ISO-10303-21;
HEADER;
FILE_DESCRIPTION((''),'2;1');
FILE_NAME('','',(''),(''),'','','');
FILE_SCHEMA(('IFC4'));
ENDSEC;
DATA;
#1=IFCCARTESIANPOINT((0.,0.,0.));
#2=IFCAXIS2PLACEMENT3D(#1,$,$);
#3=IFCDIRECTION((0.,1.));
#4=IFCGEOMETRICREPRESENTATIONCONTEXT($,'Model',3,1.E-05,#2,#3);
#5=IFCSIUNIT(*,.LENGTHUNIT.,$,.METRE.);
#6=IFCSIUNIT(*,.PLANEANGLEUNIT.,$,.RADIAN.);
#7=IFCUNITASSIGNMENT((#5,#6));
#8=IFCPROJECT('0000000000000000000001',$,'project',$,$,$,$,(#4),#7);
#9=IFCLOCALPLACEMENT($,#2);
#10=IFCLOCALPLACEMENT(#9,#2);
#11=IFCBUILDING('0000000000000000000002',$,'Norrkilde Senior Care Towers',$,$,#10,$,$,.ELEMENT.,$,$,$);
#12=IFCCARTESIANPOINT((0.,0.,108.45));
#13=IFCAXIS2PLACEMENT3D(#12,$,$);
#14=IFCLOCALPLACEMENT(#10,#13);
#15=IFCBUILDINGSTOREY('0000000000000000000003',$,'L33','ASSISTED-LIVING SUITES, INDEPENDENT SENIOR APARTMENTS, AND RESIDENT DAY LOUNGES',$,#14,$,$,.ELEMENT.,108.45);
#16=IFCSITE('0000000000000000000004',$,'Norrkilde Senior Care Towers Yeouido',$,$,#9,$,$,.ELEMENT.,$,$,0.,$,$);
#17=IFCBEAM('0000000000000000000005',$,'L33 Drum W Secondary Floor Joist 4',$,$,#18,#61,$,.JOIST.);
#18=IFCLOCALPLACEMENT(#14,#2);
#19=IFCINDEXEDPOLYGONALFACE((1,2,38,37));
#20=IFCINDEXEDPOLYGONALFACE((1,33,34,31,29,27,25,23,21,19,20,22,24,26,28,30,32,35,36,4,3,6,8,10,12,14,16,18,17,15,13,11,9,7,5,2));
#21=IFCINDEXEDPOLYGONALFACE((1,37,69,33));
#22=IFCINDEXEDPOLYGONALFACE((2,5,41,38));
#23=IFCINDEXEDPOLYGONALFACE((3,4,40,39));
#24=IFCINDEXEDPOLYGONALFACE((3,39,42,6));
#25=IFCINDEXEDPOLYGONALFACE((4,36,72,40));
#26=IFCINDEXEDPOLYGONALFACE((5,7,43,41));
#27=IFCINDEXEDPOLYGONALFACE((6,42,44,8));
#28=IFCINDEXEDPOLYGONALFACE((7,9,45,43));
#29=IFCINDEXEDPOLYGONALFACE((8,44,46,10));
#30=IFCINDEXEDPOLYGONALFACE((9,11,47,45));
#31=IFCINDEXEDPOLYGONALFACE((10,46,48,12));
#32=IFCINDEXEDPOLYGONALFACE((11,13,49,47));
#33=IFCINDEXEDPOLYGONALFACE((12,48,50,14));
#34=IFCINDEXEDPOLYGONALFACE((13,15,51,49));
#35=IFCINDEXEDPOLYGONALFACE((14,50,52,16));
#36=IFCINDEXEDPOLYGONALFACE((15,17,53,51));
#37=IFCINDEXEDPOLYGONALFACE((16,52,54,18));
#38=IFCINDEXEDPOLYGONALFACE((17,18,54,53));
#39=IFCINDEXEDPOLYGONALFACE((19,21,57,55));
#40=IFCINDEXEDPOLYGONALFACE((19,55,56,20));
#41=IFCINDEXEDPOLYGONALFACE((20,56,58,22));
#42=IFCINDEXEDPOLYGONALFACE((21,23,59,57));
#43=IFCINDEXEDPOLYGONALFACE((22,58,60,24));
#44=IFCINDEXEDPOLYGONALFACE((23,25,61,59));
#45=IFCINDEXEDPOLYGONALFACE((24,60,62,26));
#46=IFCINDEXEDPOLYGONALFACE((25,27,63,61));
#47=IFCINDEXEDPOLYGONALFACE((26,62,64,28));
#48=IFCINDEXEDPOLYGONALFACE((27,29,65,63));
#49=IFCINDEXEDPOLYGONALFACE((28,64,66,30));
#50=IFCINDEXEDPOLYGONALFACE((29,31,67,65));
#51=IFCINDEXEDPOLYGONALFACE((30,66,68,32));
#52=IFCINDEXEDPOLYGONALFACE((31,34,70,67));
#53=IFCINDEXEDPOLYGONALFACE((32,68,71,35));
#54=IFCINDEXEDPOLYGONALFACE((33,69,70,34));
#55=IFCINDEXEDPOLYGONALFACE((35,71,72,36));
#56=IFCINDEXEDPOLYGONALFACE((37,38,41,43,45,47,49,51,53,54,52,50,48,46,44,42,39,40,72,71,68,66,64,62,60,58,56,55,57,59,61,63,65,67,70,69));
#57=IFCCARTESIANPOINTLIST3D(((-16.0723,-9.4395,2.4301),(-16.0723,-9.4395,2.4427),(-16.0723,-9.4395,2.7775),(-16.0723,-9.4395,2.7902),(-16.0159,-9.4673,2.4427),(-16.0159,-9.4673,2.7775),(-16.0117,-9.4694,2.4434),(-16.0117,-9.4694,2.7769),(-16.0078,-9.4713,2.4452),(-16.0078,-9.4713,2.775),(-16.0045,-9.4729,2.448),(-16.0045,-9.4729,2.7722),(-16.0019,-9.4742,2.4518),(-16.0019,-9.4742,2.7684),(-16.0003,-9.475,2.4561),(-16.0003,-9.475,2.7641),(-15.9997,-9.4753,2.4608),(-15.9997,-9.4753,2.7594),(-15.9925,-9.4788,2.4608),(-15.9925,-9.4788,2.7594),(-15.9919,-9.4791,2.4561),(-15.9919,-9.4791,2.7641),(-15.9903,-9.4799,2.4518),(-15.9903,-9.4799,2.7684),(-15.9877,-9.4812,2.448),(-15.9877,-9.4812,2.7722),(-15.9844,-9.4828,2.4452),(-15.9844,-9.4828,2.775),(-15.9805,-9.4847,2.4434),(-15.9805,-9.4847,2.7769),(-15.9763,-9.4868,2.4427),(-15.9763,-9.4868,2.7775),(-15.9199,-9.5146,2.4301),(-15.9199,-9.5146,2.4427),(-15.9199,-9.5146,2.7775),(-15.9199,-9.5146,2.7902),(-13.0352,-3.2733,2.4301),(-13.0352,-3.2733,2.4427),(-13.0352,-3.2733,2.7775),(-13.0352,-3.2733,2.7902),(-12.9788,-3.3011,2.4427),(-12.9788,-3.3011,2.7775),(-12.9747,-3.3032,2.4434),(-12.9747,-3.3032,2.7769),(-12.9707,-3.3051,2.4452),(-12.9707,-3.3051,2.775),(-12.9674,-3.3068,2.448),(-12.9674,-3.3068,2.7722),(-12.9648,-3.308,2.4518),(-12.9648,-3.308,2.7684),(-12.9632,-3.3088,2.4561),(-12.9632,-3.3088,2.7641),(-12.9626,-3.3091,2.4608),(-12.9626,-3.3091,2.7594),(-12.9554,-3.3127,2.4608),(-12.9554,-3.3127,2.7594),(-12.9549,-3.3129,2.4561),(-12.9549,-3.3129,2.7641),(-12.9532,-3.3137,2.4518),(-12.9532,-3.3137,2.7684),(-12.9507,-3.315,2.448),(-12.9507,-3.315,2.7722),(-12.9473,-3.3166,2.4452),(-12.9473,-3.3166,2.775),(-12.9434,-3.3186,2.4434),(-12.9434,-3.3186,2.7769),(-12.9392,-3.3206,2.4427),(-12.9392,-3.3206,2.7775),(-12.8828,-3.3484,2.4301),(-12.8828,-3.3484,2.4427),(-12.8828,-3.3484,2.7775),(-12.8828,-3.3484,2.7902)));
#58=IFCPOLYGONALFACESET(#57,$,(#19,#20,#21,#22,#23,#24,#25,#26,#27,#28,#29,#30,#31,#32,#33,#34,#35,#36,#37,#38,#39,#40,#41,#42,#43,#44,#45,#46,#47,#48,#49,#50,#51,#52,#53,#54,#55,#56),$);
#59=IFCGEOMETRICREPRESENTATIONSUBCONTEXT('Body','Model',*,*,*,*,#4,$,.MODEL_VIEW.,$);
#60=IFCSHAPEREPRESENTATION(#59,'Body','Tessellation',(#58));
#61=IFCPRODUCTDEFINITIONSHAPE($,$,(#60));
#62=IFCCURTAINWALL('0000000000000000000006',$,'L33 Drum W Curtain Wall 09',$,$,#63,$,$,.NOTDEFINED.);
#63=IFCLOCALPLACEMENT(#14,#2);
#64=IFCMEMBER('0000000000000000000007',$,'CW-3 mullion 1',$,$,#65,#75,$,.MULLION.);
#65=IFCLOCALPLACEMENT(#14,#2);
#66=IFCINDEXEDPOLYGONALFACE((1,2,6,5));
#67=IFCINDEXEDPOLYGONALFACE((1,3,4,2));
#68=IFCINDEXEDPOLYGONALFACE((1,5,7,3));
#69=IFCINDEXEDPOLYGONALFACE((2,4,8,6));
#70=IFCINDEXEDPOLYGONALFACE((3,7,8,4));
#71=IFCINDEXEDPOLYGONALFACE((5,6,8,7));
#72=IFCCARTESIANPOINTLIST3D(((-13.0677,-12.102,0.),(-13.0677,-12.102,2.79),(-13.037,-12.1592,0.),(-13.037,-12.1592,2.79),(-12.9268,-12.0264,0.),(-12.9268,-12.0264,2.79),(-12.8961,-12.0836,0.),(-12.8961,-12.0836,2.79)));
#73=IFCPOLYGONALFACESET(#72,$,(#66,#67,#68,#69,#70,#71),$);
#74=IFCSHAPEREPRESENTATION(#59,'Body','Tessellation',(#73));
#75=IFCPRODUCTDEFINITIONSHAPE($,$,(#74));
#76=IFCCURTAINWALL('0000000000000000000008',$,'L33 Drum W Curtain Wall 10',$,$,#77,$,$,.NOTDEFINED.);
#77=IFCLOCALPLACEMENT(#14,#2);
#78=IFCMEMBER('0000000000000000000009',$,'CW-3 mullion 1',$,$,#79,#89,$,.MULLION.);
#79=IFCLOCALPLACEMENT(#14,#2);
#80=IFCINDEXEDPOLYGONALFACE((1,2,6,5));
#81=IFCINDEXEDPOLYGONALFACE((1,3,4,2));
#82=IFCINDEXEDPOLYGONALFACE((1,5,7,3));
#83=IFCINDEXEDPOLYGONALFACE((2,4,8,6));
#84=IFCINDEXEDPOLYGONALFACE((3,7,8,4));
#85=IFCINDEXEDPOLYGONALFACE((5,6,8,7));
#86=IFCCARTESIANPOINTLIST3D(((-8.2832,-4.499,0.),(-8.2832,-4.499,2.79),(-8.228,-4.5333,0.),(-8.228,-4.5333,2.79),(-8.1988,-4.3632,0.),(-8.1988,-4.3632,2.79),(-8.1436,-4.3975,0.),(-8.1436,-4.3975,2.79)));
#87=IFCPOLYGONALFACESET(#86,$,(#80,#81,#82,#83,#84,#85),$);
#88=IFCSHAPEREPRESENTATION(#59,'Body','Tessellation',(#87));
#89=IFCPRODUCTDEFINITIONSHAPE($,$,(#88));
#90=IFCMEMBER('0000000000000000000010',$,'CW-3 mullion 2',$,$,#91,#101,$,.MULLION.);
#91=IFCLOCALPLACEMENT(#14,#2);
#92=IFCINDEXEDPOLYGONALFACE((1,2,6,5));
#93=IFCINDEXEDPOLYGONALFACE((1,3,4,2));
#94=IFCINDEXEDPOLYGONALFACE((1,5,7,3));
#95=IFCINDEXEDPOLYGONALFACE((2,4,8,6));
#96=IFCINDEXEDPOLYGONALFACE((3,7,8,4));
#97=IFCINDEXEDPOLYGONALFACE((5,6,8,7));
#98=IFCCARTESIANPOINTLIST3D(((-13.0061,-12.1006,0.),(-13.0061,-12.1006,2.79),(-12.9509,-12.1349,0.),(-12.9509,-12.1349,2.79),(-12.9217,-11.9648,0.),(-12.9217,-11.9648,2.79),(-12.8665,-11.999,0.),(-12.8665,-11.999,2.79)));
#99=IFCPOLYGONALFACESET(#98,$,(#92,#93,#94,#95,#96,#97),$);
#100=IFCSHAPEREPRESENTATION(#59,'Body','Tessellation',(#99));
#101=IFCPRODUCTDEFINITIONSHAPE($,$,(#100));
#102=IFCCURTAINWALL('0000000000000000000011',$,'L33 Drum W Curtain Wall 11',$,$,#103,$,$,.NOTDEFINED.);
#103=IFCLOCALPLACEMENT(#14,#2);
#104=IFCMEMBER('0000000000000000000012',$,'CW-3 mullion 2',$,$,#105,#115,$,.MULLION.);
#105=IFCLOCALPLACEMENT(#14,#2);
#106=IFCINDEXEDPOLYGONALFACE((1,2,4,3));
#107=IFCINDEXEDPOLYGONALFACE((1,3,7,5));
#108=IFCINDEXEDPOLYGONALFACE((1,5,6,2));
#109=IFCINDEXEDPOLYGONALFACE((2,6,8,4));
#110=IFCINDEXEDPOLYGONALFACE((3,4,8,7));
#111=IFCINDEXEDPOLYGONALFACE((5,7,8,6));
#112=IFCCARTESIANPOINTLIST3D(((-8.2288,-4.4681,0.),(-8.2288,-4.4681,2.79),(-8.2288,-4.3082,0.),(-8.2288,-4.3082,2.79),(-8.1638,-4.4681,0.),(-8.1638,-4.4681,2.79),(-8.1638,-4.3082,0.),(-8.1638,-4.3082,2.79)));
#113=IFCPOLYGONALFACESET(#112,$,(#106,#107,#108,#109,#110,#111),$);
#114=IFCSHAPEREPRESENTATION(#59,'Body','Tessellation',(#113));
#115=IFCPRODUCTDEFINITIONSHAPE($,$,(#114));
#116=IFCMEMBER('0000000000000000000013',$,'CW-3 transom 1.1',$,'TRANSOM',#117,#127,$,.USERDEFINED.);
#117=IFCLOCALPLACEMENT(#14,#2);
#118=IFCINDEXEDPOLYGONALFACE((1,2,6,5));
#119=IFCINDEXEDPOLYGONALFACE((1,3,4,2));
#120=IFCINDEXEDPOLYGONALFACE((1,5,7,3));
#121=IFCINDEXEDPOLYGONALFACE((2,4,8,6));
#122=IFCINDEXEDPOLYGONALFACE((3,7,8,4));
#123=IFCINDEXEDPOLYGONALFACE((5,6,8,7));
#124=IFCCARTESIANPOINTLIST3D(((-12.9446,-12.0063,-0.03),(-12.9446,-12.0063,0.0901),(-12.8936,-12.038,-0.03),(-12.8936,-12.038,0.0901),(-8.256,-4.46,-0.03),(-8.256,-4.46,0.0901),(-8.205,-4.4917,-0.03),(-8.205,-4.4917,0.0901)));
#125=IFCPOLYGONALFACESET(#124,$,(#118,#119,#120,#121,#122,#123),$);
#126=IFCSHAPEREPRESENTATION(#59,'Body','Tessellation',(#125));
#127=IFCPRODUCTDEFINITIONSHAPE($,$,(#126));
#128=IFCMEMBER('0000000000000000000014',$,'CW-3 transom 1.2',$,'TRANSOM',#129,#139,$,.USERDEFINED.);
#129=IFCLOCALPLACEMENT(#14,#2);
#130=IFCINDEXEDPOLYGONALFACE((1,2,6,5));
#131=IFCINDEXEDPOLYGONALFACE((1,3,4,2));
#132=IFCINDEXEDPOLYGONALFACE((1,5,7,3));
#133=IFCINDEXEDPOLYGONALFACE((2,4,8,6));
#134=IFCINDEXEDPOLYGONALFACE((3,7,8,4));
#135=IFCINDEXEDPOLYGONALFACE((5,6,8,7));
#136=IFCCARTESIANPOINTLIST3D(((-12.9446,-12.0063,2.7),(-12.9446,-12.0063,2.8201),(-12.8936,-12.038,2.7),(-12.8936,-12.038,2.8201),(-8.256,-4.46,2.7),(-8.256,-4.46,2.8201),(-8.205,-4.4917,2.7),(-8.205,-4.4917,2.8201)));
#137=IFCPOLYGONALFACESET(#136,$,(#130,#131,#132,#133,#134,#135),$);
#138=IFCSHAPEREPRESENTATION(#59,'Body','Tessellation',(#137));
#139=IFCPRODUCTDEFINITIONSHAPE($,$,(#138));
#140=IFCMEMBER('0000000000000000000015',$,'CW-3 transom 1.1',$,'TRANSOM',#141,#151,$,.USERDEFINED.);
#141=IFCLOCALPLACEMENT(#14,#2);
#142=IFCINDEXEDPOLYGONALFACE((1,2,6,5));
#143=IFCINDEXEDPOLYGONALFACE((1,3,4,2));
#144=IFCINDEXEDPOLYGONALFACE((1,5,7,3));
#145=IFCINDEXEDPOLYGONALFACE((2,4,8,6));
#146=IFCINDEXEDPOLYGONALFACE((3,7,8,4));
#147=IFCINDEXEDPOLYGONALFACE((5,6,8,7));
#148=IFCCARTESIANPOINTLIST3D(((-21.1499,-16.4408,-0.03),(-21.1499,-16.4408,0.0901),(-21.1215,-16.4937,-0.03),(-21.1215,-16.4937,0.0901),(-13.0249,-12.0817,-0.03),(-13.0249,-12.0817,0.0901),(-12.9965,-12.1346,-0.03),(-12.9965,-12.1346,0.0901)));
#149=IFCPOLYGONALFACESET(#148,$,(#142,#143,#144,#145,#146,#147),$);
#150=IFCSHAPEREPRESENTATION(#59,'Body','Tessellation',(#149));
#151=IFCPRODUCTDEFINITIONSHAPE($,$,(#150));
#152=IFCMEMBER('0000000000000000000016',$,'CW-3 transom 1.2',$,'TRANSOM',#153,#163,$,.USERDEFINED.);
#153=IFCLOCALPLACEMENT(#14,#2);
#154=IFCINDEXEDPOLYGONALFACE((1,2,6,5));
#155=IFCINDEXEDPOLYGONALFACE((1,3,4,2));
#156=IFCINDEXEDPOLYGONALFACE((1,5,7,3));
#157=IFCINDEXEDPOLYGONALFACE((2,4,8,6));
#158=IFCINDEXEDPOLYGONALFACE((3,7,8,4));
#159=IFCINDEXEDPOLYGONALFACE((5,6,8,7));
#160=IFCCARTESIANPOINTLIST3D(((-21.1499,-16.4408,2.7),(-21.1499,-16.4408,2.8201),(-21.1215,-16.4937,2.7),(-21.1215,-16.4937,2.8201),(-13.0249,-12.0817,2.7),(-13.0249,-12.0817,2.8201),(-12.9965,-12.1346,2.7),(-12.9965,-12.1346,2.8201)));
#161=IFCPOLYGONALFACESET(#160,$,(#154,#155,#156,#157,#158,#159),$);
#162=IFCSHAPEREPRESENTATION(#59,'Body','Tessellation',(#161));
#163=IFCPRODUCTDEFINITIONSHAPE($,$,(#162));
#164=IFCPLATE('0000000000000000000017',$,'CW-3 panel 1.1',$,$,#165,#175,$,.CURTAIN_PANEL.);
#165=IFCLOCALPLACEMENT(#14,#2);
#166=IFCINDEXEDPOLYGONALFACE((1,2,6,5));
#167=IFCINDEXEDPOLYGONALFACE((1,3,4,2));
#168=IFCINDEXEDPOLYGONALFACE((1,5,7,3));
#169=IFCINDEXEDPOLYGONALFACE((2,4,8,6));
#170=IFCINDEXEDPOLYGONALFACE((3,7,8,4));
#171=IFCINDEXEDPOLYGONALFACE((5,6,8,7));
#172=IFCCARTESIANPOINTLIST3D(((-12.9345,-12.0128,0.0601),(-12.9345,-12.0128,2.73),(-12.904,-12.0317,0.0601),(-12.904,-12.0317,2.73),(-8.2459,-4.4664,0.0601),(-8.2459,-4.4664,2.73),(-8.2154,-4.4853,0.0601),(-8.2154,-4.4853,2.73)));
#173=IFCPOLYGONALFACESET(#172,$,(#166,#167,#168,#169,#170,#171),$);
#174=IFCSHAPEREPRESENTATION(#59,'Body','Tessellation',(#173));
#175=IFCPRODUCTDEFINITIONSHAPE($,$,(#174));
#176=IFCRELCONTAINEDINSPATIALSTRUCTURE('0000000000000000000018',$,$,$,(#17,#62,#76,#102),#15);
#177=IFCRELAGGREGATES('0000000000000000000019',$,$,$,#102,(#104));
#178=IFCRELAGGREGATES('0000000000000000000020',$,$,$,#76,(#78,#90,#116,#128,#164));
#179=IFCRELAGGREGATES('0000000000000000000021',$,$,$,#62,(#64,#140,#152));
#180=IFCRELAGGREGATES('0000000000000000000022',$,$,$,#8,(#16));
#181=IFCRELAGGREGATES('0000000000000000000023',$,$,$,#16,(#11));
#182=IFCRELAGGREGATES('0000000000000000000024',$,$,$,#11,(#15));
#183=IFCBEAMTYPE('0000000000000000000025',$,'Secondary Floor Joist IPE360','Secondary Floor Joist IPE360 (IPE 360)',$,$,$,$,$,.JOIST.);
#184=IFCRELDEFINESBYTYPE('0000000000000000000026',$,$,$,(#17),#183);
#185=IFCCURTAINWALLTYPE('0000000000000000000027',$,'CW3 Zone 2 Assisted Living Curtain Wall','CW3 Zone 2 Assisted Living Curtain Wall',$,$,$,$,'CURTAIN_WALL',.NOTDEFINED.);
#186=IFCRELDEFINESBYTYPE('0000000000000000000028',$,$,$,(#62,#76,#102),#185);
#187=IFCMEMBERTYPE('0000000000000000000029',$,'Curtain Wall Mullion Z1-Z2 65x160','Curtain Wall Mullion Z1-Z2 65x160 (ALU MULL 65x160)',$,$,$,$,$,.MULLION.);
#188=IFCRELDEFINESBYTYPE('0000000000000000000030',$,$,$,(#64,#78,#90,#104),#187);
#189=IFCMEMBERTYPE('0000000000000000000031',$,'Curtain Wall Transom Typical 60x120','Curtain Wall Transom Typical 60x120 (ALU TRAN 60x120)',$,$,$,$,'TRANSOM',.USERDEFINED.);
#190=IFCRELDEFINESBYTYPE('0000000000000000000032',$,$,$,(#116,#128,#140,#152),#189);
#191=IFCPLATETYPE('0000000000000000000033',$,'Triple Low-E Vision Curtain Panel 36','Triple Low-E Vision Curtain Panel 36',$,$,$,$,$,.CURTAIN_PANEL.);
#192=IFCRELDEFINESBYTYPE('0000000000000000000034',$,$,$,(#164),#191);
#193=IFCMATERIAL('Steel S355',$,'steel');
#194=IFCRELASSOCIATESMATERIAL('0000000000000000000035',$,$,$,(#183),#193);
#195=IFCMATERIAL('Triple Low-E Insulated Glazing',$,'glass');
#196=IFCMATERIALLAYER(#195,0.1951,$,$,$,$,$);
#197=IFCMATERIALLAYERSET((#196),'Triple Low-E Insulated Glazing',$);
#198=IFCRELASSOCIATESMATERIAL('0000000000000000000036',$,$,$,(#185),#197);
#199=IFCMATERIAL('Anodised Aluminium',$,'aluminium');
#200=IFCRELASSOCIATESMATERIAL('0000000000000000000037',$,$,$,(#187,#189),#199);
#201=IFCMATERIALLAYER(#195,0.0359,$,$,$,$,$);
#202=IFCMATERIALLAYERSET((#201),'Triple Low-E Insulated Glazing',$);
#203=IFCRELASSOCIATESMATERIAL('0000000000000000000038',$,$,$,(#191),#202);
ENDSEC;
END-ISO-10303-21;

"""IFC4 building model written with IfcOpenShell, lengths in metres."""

from ifc_helpers import new_model, si_unit, direction, frame, origin, origin_2d, place, context, subcontext, project, spatial, rectangle, i_section, extrude, source, transform, mapped, material, layer, layer_set, material_profile, profile_set, type_object, type_shapes, element, aggregate, save


model = new_model("IFC4")

# Units and contexts
model_context = context("Model", 3, precision=1e-05, world=origin(), true_north=direction((0.0, 1.0)))
body_context = subcontext(model_context, "Body", "Model", "MODEL_VIEW")
ifc_project = project(units=[si_unit("LENGTHUNIT", "METRE"), si_unit("PLANEANGLEUNIT", "RADIAN")], contexts=[model_context])

# Site, building, storey
site_placement = place(None, origin())
site = spatial("IfcSite", under=ifc_project, at=site_placement, Name="Norrkilde Senior Care Towers Yeouido", CompositionType="ELEMENT", RefElevation=0.0)
building_placement = place(site_placement, origin())
building = spatial("IfcBuilding", under=site, at=building_placement, Name="Norrkilde Senior Care Towers", CompositionType="ELEMENT")
storey_placement = place(building_placement, frame((0.0, 0.0, 108.45)))
storey = spatial("IfcBuildingStorey", under=building, at=storey_placement, Name="L33", Description="ASSISTED-LIVING SUITES, INDEPENDENT SENIOR APARTMENTS, AND RESIDENT DAY LOUNGES", CompositionType="ELEMENT", Elevation=108.45)

# Beam
ifc_material_1 = material(Name="Steel S355", Category="steel")
ifc_material_profile_1 = material_profile(ifc_material_1, i_section(OverallWidth=0.1699, OverallDepth=0.3601, WebThickness=0.0081, FlangeThickness=0.0127, FilletRadius=0.0181, at=origin_2d()), Name="IPE 360")
ifc_profile_set_1 = profile_set([ifc_material_profile_1], Name="Steel S355")
beam_type_1 = type_object("IfcBeamType", Name="Secondary Floor Joist IPE360", Description="Secondary Floor Joist IPE360 (IPE 360)", PredefinedType="JOIST", material=ifc_profile_set_1)
shared_shape_1 = source(origin(), body_context, "Body", "SweptSolid", [
    extrude(i_section(OverallWidth=0.1699, OverallDepth=0.3601, WebThickness=0.0081, FlangeThickness=0.0127, FilletRadius=0.0181, at=origin_2d()), origin(), (0.0, 0.0, 1.0), 6.8735),
])
type_shapes(beam_type_1, [shared_shape_1])
beam_1_placement = place(storey_placement, frame((-15.9961, -9.4771, 2.6101), z_axis=(0.441849, 0.897089, 0.0), x_axis=(-0.897089, 0.441849, 0.0)))
element("IfcBeam", 1, at=beam_1_placement, inside=storey, type_object=beam_type_1, Name="L33 Drum W Secondary Floor Joist 4", PredefinedType="JOIST", context=body_context, shape_type="MappedRepresentation", body=[
    mapped(shared_shape_1, transform((0.0, 0.0, 0.0), x_axis=(1.0, 0.0, 0.0), y_axis=(0.0, 1.0, 0.0), z_axis=(0.0, 0.0, 1.0), scale=1.0)),
])

# Curtain wall, member
ifc_material_2 = material(Name="Triple Low-E Insulated Glazing", Category="glass")
ifc_layer_1 = layer(ifc_material_2, 0.1951)
ifc_layer_set_1 = layer_set([ifc_layer_1], Name="Triple Low-E Insulated Glazing")
curtain_wall_type = type_object("IfcCurtainWallType", Name="CW3 Zone 2 Assisted Living Curtain Wall", Description="CW3 Zone 2 Assisted Living Curtain Wall", ElementType="CURTAIN_WALL", PredefinedType="NOTDEFINED", material=ifc_layer_set_1)
curtain_wall_1_placement = place(storey_placement, origin())
curtain_wall_1 = element("IfcCurtainWall", 2, at=curtain_wall_1_placement, inside=storey, type_object=curtain_wall_type, Name="L33 Drum W Curtain Wall 09", PredefinedType="NOTDEFINED")
ifc_material_3 = material(Name="Anodised Aluminium", Category="aluminium")
ifc_material_profile_2 = material_profile(ifc_material_3, rectangle(XDim=0.0649, YDim=0.1599, at=origin_2d()), Name="ALU MULL 65x160")
ifc_profile_set_2 = profile_set([ifc_material_profile_2], Name="Anodised Aluminium")
member_type_1 = type_object("IfcMemberType", Name="Curtain Wall Mullion Z1-Z2 65x160", Description="Curtain Wall Mullion Z1-Z2 65x160 (ALU MULL 65x160)", PredefinedType="MULLION", material=ifc_profile_set_2)
shared_shape_2 = source(origin(), body_context, "Body", "SweptSolid", [
    extrude(rectangle(XDim=0.0649, YDim=0.1599, at=origin_2d()), origin(), (0.0, 0.0, 1.0), 2.79),
])
type_shapes(member_type_1, [shared_shape_2])
member_1_placement = place(storey_placement, frame((-12.9819, -12.0928, 0.0), z_axis=(0.0, 0.0, 1.0), x_axis=(0.472769, -0.881186, 0.0)))
member_1 = element("IfcMember", 3, at=member_1_placement, type_object=member_type_1, Name="CW-3 mullion 1", PredefinedType="MULLION", context=body_context, shape_type="MappedRepresentation", body=[
    mapped(shared_shape_2, transform((0.0, 0.0, 0.0), x_axis=(1.0, 0.0, 0.0), y_axis=(0.0, 1.0, 0.0), z_axis=(0.0, 0.0, 1.0), scale=1.0)),
])

# Curtain wall, members
curtain_wall_2_placement = place(storey_placement, origin())
curtain_wall_2 = element("IfcCurtainWall", 4, at=curtain_wall_2_placement, inside=storey, type_object=curtain_wall_type, Name="L33 Drum W Curtain Wall 10", PredefinedType="NOTDEFINED")
member_2_placement = place(storey_placement, frame((-8.2134, -4.4482, 0.0), z_axis=(0.0, 0.0, 1.0), x_axis=(0.84941, -0.527733, 0.0)))
member_2 = element("IfcMember", 5, at=member_2_placement, type_object=member_type_1, Name="CW-3 mullion 1", PredefinedType="MULLION", context=body_context, shape_type="MappedRepresentation", body=[
    mapped(shared_shape_2, transform((0.0, 0.0, 0.0), x_axis=(1.0, 0.0, 0.0), y_axis=(0.0, 1.0, 0.0), z_axis=(0.0, 0.0, 1.0), scale=1.0)),
])
member_3_placement = place(storey_placement, frame((-12.9363, -12.0498, 0.0), z_axis=(0.0, 0.0, 1.0), x_axis=(0.84941, -0.527733, 0.0)))
member_3 = element("IfcMember", 6, at=member_3_placement, type_object=member_type_1, Name="CW-3 mullion 2", PredefinedType="MULLION", context=body_context, shape_type="MappedRepresentation", body=[
    mapped(shared_shape_2, transform((0.0, 0.0, 0.0), x_axis=(1.0, 0.0, 0.0), y_axis=(0.0, 1.0, 0.0), z_axis=(0.0, 0.0, 1.0), scale=1.0)),
])

# Curtain wall, member
curtain_wall_3_placement = place(storey_placement, origin())
curtain_wall_3 = element("IfcCurtainWall", 7, at=curtain_wall_3_placement, inside=storey, type_object=curtain_wall_type, Name="L33 Drum W Curtain Wall 11", PredefinedType="NOTDEFINED")
member_4_placement = place(storey_placement, frame((-8.1963, -4.3882, 0.0), z_axis=(0.0, 0.0, 1.0), x_axis=(1.0, 0.0, 0.0)))
member_4 = element("IfcMember", 8, at=member_4_placement, type_object=member_type_1, Name="CW-3 mullion 2", PredefinedType="MULLION", context=body_context, shape_type="MappedRepresentation", body=[
    mapped(shared_shape_2, transform((0.0, 0.0, 0.0), x_axis=(1.0, 0.0, 0.0), y_axis=(0.0, 1.0, 0.0), z_axis=(0.0, 0.0, 1.0), scale=1.0)),
])
aggregate(curtain_wall_3, [member_4])

# Members
ifc_material_profile_3 = material_profile(ifc_material_3, rectangle(XDim=0.0601, YDim=0.1201, at=origin_2d()), Name="ALU TRAN 60x120")
ifc_profile_set_3 = profile_set([ifc_material_profile_3], Name="Anodised Aluminium")
member_type_2 = type_object("IfcMemberType", Name="Curtain Wall Transom Typical 60x120", Description="Curtain Wall Transom Typical 60x120 (ALU TRAN 60x120)", ElementType="TRANSOM", PredefinedType="USERDEFINED", material=ifc_profile_set_3)
shared_shape_3 = source(origin(), body_context, "Body", "SweptSolid", [
    extrude(rectangle(XDim=0.0601, YDim=0.1201, at=origin_2d()), origin(), (0.0, 0.0, 1.0), 8.8843),
])
member_5_placement = place(storey_placement, frame((-8.2305, -4.4758, 0.03), z_axis=(-0.527749, -0.8494, 0.0), x_axis=(0.8494, -0.527749, 0.0)))
member_5 = element("IfcMember", 9, at=member_5_placement, type_object=member_type_2, Name="CW-3 transom 1.1", ObjectType="TRANSOM", PredefinedType="USERDEFINED", context=body_context, shape_type="MappedRepresentation", body=[
    mapped(shared_shape_3, transform((0.0, 0.0, 0.0), x_axis=(1.0, 0.0, 0.0), y_axis=(0.0, 1.0, 0.0), z_axis=(0.0, 0.0, 1.0), scale=1.0)),
])
member_6_placement = place(storey_placement, frame((-8.2305, -4.4758, 2.76), z_axis=(-0.527749, -0.8494, 0.0), x_axis=(0.8494, -0.527749, 0.0)))
member_6 = element("IfcMember", 10, at=member_6_placement, type_object=member_type_2, Name="CW-3 transom 1.2", ObjectType="TRANSOM", PredefinedType="USERDEFINED", context=body_context, shape_type="MappedRepresentation", body=[
    mapped(shared_shape_3, transform((0.0, 0.0, 0.0), x_axis=(1.0, 0.0, 0.0), y_axis=(0.0, 1.0, 0.0), z_axis=(0.0, 0.0, 1.0), scale=1.0)),
])
shared_shape_4 = source(origin(), body_context, "Body", "SweptSolid", [
    extrude(rectangle(XDim=0.0601, YDim=0.1201, at=origin_2d()), origin(), (0.0, 0.0, 1.0), 9.2205),
])
type_shapes(member_type_2, [shared_shape_3, shared_shape_4])
member_7_placement = place(storey_placement, frame((-13.0107, -12.1082, 0.03), z_axis=(-0.881189, -0.472765, 0.0), x_axis=(0.472765, -0.881189, 0.0)))
member_7 = element("IfcMember", 11, at=member_7_placement, type_object=member_type_2, Name="CW-3 transom 1.1", ObjectType="TRANSOM", PredefinedType="USERDEFINED", context=body_context, shape_type="MappedRepresentation", body=[
    mapped(shared_shape_4, transform((0.0, 0.0, 0.0), x_axis=(1.0, 0.0, 0.0), y_axis=(0.0, 1.0, 0.0), z_axis=(0.0, 0.0, 1.0), scale=1.0)),
])
member_8_placement = place(storey_placement, frame((-13.0107, -12.1082, 2.76), z_axis=(-0.881189, -0.472765, 0.0), x_axis=(0.472765, -0.881189, 0.0)))
member_8 = element("IfcMember", 12, at=member_8_placement, type_object=member_type_2, Name="CW-3 transom 1.2", ObjectType="TRANSOM", PredefinedType="USERDEFINED", context=body_context, shape_type="MappedRepresentation", body=[
    mapped(shared_shape_4, transform((0.0, 0.0, 0.0), x_axis=(1.0, 0.0, 0.0), y_axis=(0.0, 1.0, 0.0), z_axis=(0.0, 0.0, 1.0), scale=1.0)),
])

# Plate
ifc_layer_2 = layer(ifc_material_2, 0.0359)
ifc_layer_set_2 = layer_set([ifc_layer_2], Name="Triple Low-E Insulated Glazing")
plate_type = type_object("IfcPlateType", Name="Triple Low-E Vision Curtain Panel 36", Description="Triple Low-E Vision Curtain Panel 36", PredefinedType="CURTAIN_PANEL", material=ifc_layer_set_2)
shared_shape_5 = source(origin(), body_context, "Body", "SweptSolid", [
    extrude(rectangle(XDim=8.8843, YDim=0.0359, at=origin_2d()), origin(), (0.0, 0.0, 1.0), 2.6699),
])
plate_1_placement = place(storey_placement, frame((-10.575, -8.249, 0.0601), z_axis=(0.0, 0.0, 1.0), x_axis=(-0.527733, -0.84941, 0.0)))
plate_1 = element("IfcPlate", 13, at=plate_1_placement, type_object=plate_type, Name="CW-3 panel 1.1", PredefinedType="CURTAIN_PANEL", context=body_context, shape_type="MappedRepresentation", body=[
    mapped(shared_shape_5, transform((0.0, 0.0, 0.0), x_axis=(1.0, 0.0, 0.0), y_axis=(0.0, 1.0, 0.0), z_axis=(0.0, 0.0, 1.0), scale=1.0)),
])
aggregate(curtain_wall_2, [member_2, member_3, member_5, member_6, plate_1])
aggregate(curtain_wall_1, [member_1, member_7, member_8])

save(model, "model.ifc")
